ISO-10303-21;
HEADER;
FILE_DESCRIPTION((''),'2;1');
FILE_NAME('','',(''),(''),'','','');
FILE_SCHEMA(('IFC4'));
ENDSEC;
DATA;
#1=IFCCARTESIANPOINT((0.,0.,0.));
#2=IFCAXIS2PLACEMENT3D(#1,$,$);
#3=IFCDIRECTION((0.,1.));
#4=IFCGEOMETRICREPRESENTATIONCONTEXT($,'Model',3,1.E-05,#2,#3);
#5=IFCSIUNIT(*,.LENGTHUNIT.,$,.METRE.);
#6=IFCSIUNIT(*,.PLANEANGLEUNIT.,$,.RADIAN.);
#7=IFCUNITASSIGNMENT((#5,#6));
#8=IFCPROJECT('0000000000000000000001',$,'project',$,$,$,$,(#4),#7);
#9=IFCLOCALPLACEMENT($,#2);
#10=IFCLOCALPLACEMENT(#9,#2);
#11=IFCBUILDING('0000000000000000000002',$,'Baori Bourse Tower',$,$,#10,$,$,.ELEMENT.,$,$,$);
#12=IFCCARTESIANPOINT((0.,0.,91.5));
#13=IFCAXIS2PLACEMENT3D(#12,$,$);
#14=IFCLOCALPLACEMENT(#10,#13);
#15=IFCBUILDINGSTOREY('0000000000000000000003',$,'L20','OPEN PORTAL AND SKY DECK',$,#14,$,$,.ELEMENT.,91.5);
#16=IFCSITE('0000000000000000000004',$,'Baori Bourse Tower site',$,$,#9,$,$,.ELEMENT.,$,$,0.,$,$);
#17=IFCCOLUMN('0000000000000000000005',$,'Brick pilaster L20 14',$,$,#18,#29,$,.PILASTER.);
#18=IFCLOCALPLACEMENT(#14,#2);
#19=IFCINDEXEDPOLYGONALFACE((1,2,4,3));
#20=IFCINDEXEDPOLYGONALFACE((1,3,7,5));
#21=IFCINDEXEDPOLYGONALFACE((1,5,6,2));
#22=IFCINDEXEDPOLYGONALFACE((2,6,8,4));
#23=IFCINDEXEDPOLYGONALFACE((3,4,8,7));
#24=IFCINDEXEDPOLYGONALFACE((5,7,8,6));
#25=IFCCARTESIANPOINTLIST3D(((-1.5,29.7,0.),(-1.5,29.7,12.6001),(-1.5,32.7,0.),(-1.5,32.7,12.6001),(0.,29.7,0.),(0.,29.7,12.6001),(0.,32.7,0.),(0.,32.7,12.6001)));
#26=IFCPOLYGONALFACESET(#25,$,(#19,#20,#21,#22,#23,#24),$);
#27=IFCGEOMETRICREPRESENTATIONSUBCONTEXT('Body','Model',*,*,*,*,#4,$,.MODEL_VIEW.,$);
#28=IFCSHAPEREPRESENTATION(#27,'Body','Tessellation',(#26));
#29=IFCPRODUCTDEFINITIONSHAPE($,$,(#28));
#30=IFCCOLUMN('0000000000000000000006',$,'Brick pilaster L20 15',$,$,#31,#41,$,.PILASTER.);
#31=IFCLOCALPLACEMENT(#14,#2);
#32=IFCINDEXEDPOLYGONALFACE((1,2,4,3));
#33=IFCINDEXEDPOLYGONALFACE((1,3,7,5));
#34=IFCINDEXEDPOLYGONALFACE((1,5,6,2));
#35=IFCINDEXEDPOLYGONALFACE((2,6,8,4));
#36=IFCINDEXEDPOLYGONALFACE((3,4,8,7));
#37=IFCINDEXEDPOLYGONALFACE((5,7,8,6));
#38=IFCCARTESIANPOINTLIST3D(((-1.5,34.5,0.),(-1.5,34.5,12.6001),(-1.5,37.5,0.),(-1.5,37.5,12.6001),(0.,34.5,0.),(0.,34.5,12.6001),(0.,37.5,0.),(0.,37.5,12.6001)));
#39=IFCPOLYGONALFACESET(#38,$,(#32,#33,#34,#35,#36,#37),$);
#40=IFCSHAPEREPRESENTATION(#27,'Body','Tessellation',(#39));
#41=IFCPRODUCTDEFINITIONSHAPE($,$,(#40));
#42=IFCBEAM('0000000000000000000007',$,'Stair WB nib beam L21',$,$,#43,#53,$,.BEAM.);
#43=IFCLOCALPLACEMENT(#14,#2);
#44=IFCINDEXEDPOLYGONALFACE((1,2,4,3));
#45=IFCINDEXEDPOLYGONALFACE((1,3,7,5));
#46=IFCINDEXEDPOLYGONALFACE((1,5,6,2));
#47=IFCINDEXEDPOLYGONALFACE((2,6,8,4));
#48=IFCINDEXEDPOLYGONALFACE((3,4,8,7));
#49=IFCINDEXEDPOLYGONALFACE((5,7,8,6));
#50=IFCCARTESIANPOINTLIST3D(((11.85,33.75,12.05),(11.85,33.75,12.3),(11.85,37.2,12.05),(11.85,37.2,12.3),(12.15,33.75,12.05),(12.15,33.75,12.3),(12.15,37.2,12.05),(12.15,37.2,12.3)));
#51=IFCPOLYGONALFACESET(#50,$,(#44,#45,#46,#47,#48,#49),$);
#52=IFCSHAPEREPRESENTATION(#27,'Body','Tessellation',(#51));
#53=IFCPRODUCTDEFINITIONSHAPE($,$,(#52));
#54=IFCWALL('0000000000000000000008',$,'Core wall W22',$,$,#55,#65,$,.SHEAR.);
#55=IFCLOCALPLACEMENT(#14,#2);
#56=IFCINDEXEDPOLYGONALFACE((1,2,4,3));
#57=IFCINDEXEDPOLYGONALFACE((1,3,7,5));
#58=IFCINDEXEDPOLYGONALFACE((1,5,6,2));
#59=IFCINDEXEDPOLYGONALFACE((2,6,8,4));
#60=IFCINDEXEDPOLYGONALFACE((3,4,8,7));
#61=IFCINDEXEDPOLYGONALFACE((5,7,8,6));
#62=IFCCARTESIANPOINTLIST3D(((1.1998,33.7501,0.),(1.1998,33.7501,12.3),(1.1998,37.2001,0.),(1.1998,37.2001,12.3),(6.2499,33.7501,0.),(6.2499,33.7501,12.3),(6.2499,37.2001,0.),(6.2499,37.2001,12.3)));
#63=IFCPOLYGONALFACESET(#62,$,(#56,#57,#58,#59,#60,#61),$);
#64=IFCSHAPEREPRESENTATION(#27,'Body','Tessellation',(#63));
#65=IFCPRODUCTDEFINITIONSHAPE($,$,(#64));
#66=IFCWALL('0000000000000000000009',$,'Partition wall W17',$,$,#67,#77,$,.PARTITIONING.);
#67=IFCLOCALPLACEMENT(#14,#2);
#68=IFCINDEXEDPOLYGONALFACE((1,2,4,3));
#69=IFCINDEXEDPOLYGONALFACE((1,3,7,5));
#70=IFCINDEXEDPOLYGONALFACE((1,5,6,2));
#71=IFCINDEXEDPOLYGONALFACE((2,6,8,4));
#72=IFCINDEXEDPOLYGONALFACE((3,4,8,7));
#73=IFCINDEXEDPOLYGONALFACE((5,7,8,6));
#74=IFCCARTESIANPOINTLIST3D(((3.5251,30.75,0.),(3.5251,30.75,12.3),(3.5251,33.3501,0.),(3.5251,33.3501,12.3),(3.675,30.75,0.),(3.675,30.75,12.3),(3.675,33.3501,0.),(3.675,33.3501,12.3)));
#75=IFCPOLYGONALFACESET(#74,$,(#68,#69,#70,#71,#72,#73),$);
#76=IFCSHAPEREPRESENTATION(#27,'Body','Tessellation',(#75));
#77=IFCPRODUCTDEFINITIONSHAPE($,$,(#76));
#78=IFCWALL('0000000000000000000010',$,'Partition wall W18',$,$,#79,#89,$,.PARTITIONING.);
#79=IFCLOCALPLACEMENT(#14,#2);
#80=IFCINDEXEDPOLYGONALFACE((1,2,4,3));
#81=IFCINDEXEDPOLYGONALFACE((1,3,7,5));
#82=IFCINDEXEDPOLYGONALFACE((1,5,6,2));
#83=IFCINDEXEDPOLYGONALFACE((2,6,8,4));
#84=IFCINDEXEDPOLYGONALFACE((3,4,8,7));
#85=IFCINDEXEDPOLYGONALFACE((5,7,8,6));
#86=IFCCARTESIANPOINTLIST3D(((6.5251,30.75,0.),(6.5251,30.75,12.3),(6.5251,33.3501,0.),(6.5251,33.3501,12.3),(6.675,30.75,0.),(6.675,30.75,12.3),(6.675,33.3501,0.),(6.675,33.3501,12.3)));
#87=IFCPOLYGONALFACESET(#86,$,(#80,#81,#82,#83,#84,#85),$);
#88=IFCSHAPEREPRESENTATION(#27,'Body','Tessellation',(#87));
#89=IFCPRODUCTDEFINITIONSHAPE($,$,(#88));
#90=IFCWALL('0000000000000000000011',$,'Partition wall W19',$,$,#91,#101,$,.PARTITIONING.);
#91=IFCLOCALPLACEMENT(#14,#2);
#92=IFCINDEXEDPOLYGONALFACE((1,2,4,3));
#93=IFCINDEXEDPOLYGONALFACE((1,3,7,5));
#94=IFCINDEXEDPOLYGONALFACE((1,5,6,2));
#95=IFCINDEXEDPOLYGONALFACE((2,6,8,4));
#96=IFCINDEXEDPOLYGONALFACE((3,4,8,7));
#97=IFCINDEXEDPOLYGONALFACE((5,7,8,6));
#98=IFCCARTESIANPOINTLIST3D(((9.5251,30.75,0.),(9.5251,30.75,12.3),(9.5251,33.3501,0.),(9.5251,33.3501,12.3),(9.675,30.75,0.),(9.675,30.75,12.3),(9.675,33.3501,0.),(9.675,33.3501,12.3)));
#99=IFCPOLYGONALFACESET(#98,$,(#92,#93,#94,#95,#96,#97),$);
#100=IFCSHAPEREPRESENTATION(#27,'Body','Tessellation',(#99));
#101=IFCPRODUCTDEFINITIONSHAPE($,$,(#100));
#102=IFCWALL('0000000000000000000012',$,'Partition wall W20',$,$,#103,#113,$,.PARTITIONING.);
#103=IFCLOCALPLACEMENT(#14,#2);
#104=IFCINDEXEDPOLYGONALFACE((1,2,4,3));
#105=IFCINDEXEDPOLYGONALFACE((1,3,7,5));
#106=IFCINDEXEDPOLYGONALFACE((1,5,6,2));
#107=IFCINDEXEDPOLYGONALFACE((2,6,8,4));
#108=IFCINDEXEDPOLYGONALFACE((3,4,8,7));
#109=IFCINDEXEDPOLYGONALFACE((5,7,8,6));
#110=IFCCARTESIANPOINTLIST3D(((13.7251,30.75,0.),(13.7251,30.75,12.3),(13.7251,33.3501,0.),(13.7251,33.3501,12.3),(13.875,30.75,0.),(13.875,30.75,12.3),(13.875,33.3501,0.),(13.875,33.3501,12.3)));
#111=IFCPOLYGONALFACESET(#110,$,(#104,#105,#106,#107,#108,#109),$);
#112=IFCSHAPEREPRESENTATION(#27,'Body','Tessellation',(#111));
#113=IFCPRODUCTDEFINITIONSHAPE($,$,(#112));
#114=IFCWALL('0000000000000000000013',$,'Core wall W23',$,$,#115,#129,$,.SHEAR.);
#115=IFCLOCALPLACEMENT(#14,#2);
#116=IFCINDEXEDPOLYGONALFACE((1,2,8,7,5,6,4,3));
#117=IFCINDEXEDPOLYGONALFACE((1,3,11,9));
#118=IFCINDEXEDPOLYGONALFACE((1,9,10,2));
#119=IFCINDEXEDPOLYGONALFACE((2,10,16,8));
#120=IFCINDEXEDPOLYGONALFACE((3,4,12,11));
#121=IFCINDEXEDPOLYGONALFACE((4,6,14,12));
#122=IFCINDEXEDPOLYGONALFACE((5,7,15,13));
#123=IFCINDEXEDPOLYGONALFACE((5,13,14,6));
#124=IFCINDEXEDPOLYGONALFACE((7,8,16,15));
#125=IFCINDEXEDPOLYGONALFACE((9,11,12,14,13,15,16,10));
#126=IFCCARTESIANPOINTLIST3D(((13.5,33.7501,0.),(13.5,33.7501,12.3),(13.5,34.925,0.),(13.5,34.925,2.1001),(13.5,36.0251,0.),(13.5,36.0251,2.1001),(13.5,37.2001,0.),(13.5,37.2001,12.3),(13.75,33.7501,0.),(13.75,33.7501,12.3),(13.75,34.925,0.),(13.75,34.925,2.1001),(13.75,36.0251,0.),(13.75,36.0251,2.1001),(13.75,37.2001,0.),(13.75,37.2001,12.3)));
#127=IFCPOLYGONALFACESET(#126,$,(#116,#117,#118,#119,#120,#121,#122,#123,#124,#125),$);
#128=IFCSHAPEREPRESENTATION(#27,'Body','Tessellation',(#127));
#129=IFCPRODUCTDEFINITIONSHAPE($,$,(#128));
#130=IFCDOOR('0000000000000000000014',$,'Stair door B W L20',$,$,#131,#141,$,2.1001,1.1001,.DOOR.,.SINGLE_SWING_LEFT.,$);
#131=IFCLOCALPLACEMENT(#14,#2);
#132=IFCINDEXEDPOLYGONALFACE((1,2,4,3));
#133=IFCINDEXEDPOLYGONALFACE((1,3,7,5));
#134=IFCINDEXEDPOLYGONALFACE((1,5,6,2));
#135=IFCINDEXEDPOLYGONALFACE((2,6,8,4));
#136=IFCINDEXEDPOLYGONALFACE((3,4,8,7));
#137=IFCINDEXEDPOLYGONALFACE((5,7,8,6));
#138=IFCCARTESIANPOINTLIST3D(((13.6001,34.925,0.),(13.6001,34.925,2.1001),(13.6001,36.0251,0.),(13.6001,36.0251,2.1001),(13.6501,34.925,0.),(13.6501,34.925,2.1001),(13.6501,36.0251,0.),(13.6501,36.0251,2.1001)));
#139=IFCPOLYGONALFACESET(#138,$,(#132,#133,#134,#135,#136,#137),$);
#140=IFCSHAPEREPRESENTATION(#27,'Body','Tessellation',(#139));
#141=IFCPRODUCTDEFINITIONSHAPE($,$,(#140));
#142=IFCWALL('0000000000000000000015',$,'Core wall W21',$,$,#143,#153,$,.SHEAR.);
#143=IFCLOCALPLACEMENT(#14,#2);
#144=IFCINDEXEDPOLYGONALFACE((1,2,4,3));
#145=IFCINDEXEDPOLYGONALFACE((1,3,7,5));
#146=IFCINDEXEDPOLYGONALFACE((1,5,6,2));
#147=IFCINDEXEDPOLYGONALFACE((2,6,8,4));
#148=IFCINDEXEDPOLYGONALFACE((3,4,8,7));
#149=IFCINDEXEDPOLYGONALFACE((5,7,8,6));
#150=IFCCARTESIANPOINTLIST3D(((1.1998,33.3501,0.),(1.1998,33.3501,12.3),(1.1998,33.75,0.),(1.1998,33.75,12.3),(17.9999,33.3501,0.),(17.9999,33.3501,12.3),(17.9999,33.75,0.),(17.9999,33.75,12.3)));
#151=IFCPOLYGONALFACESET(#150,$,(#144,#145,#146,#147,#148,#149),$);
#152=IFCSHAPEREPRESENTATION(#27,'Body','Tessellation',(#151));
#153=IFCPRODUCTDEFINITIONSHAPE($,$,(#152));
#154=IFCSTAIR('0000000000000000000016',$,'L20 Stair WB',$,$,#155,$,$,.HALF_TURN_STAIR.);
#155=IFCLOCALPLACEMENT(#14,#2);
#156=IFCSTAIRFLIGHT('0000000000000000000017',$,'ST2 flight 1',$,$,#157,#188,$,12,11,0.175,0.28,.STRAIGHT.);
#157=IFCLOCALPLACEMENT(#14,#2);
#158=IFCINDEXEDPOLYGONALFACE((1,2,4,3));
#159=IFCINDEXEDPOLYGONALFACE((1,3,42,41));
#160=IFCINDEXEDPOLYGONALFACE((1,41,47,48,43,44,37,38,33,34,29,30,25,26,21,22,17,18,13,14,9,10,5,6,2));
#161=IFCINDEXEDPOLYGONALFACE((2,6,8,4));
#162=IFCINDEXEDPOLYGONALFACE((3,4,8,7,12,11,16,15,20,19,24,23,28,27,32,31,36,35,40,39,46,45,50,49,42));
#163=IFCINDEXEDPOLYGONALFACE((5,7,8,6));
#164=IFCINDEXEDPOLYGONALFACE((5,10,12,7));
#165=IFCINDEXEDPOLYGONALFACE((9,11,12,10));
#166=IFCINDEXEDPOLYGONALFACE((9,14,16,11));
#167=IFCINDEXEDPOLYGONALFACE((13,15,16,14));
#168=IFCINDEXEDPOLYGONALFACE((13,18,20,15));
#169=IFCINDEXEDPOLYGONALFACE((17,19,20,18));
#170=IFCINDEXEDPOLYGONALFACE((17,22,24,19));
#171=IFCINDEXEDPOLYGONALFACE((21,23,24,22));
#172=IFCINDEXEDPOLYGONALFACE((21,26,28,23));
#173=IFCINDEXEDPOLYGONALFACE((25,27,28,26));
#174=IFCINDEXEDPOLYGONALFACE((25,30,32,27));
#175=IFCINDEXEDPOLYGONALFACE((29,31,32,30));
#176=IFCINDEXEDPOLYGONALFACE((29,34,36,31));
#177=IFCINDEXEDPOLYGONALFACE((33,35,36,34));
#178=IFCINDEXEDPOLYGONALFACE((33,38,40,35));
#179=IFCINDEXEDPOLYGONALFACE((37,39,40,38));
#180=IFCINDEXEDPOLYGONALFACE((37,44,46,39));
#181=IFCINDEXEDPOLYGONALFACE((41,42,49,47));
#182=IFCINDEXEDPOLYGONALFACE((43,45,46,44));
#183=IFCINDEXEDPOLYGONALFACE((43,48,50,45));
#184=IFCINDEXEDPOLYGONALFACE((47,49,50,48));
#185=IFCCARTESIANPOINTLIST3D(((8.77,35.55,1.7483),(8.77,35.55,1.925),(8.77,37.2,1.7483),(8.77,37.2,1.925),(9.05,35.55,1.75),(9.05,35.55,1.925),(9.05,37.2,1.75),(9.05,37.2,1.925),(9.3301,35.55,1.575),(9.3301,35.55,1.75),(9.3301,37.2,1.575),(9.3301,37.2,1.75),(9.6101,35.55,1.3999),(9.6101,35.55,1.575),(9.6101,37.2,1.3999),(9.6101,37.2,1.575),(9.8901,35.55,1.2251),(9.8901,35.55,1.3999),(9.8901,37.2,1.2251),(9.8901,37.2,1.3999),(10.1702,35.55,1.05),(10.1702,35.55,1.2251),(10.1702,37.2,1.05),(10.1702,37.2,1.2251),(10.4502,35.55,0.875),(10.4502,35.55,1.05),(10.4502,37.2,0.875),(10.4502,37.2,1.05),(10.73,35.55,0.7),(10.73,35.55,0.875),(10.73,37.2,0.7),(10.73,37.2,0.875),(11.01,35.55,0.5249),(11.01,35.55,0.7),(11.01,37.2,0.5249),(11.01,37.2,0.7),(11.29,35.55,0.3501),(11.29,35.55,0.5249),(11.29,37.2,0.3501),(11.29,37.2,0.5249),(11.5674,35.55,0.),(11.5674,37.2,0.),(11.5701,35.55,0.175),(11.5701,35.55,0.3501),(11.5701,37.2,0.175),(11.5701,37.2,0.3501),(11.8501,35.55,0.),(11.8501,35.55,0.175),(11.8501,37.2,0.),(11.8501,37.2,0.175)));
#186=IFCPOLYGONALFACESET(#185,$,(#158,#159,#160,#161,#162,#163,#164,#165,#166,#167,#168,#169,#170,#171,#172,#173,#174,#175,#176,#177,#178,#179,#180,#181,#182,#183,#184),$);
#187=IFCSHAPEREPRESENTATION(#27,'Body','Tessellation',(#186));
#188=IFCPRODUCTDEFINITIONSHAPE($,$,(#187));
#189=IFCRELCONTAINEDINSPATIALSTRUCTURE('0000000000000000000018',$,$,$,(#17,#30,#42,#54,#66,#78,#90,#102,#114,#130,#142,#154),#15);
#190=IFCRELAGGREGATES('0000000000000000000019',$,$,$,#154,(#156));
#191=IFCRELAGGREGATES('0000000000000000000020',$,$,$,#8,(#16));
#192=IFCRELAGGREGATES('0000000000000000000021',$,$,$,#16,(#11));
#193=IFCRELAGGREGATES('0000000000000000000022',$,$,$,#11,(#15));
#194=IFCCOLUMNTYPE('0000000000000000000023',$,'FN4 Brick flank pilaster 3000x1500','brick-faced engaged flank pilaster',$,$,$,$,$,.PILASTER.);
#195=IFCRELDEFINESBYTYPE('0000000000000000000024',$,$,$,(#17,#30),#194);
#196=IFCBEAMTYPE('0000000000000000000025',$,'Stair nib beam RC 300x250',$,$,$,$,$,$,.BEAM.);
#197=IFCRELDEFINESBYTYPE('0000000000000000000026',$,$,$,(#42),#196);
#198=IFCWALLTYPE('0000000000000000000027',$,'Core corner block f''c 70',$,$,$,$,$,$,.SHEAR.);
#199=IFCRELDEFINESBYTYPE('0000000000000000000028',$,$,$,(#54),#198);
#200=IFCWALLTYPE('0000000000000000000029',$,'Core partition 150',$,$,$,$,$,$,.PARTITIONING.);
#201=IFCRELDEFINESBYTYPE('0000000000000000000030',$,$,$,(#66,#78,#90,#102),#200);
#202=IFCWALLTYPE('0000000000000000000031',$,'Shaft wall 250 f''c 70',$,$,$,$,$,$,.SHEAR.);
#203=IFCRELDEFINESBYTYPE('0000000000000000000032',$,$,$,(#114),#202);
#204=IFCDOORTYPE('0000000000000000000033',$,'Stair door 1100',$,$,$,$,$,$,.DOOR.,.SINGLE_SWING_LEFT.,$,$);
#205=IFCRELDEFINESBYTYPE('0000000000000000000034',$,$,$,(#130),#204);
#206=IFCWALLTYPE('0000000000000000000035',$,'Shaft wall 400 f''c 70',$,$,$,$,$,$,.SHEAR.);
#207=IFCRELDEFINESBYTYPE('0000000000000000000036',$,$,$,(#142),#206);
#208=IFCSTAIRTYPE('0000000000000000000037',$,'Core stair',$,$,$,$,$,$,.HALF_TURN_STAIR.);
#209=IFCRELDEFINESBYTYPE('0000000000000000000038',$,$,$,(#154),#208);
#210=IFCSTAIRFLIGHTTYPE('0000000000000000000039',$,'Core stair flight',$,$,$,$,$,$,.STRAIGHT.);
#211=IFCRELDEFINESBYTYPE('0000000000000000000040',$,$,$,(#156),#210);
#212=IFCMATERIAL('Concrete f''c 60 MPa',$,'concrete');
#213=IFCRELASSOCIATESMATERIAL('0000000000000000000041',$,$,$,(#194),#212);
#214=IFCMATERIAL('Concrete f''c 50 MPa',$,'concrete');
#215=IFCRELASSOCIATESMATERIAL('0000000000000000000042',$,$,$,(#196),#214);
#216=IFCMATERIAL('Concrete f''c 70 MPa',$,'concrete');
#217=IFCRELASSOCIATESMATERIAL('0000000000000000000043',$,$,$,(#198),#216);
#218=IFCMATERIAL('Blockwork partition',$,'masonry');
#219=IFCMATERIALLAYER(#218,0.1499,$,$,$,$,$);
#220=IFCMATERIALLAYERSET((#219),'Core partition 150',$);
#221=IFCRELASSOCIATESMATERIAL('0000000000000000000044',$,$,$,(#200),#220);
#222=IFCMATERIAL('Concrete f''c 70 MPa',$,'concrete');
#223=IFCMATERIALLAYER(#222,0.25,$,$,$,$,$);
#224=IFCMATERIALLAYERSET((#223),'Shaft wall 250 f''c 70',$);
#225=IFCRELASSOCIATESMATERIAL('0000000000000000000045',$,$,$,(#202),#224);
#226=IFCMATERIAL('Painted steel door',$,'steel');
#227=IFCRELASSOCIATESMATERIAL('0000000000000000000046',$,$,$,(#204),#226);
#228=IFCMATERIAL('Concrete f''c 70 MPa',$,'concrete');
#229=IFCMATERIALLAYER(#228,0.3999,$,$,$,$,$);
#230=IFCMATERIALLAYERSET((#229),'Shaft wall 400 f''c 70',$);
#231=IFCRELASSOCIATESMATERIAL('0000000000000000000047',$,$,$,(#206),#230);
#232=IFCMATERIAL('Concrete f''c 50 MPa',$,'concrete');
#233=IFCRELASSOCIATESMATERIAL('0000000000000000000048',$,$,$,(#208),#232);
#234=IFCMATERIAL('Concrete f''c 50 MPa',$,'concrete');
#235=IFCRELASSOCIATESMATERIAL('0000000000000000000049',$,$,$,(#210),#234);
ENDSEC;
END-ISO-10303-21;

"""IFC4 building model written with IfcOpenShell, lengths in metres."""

from ifc_helpers import new_model, si_unit, direction, frame, frame_2d, origin, origin_2d, place, context, subcontext, project, spatial, polyline, rectangle, outline, extrude, material, layer, layer_set, material_profile, profile_set, type_object, element, fill, aggregate, save


model = new_model("IFC4")

# Units and contexts
model_context = context("Model", 3, precision=1e-05, world=origin(), true_north=direction((0.0, 1.0)))
body_context = subcontext(model_context, "Body", "Model", "MODEL_VIEW")
ifc_project = project(units=[si_unit("LENGTHUNIT", "METRE"), si_unit("PLANEANGLEUNIT", "RADIAN")], contexts=[model_context])

# Site, building, storey
site_placement = place(None, origin())
site = spatial("IfcSite", under=ifc_project, at=site_placement, Name="Baori Bourse Tower site", CompositionType="ELEMENT", RefElevation=0.0)
building_placement = place(site_placement, origin())
building = spatial("IfcBuilding", under=site, at=building_placement, Name="Baori Bourse Tower", CompositionType="ELEMENT")
storey_placement = place(building_placement, frame((0.0, 0.0, 91.5)))
storey = spatial("IfcBuildingStorey", under=building, at=storey_placement, Name="L20", Description="OPEN PORTAL AND SKY DECK", CompositionType="ELEMENT", Elevation=91.5)

# Columns
ifc_material_1 = material(Name="Concrete f'c 60 MPa", Category="concrete")
ifc_material_profile_1 = material_profile(ifc_material_1, rectangle(XDim=3.0, YDim=1.5, at=origin_2d()), Name="RC 3000x1500")
ifc_profile_set_1 = profile_set([ifc_material_profile_1], Name="Concrete f'c 60 MPa")
column_type = type_object("IfcColumnType", Name="FN4 Brick flank pilaster 3000x1500", Description="brick-faced engaged flank pilaster", PredefinedType="PILASTER", material=ifc_profile_set_1)
for number, where, z_axis, x_axis, name in (
    (1, (-0.75, 31.2, 0.0), (0.0, 0.0, 1.0), (0.0, 1.0, 0.0), "Brick pilaster L20 14"),
    (2, (-0.75, 36.0, 0.0), (0.0, 0.0, 1.0), (0.0, 1.0, 0.0), "Brick pilaster L20 15"),
):
    element("IfcColumn", number, at=place(storey_placement, frame(where, z_axis=z_axis, x_axis=x_axis)), inside=storey, type_object=column_type, Name=name, PredefinedType="PILASTER", context=body_context, shape_type="SweptSolid", body=[
        extrude(rectangle(XDim=3.0, YDim=1.5, at=origin_2d()), origin(), (0.0, 0.0, 1.0), 12.6001),
    ])

# Beam
ifc_material_2 = material(Name="Concrete f'c 50 MPa", Category="concrete")
ifc_material_profile_2 = material_profile(ifc_material_2, rectangle(XDim=0.3, YDim=0.25, at=origin_2d()), Name="RC 300x250")
ifc_profile_set_2 = profile_set([ifc_material_profile_2], Name="Concrete f'c 50 MPa")
beam_type = type_object("IfcBeamType", Name="Stair nib beam RC 300x250", PredefinedType="BEAM", material=ifc_profile_set_2)
beam_placement = place(storey_placement, frame((12.0, 33.75, 12.175), z_axis=(0.0, 1.0, 0.0), x_axis=(-1.0, 0.0, 0.0)))
element("IfcBeam", 3, at=beam_placement, inside=storey, type_object=beam_type, Name="Stair WB nib beam L21", PredefinedType="BEAM", context=body_context, shape_type="SweptSolid", body=[
    extrude(rectangle(XDim=0.3, YDim=0.25, at=origin_2d()), origin(), (0.0, 0.0, 1.0), 3.45),
])

# Walls
ifc_material_3 = material(Name="Concrete f'c 70 MPa", Category="concrete")
wall_type_1 = type_object("IfcWallType", Name="Core corner block f'c 70", PredefinedType="SHEAR", material=ifc_material_3)
wall_1_placement = place(storey_placement, frame((1.2, 35.4751, 0.0), z_axis=(0.0, 0.0, 1.0), x_axis=(1.0, 0.0, 0.0)))
element("IfcWall", 4, at=wall_1_placement, inside=storey, type_object=wall_type_1, Name="Core wall W22", PredefinedType="SHEAR", context=body_context, shape_type="SweptSolid", body=[
    extrude(rectangle(XDim=5.05, YDim=3.45, at=frame_2d((2.5249, 0.0))), origin(), (0.0, 0.0, 1.0), 12.3),
])
ifc_material_4 = material(Name="Blockwork partition", Category="masonry")
ifc_layer_1 = layer(ifc_material_4, 0.1499)
ifc_layer_set_1 = layer_set([ifc_layer_1], Name="Core partition 150")
wall_type_2 = type_object("IfcWallType", Name="Core partition 150", PredefinedType="PARTITIONING", material=ifc_layer_set_1)
for number, where, z_axis, x_axis, name in (
    (5, (3.6001, 30.75, 0.0), (0.0, 0.0, 1.0), (0.0, 1.0, 0.0), "Partition wall W17"),
    (6, (6.6001, 30.75, 0.0), (0.0, 0.0, 1.0), (0.0, 1.0, 0.0), "Partition wall W18"),
    (7, (9.6001, 30.75, 0.0), (0.0, 0.0, 1.0), (0.0, 1.0, 0.0), "Partition wall W19"),
    (8, (13.8, 30.75, 0.0), (0.0, 0.0, 1.0), (0.0, 1.0, 0.0), "Partition wall W20"),
):
    element("IfcWall", number, at=place(storey_placement, frame(where, z_axis=z_axis, x_axis=x_axis)), inside=storey, type_object=wall_type_2, Name=name, PredefinedType="PARTITIONING", context=body_context, shape_type="SweptSolid", body=[
        extrude(rectangle(XDim=2.6001, YDim=0.1499, at=frame_2d((1.3, 0.0))), origin(), (0.0, 0.0, 1.0), 12.3),
    ])

# Wall, opening, door
ifc_material_5 = material(Name="Concrete f'c 70 MPa", Category="concrete")
ifc_layer_2 = layer(ifc_material_5, 0.25)
ifc_layer_set_2 = layer_set([ifc_layer_2], Name="Shaft wall 250 f'c 70")
wall_type_3 = type_object("IfcWallType", Name="Shaft wall 250 f'c 70", PredefinedType="SHEAR", material=ifc_layer_set_2)
wall_2_placement = place(storey_placement, frame((13.625, 33.75, 0.0), z_axis=(0.0, 0.0, 1.0), x_axis=(0.0, 1.0, 0.0)))
wall_2 = element("IfcWall", 9, at=wall_2_placement, inside=storey, type_object=wall_type_3, Name="Core wall W23", PredefinedType="SHEAR", context=body_context, shape_type="SweptSolid", body=[
    extrude(rectangle(XDim=3.45, YDim=0.25, at=frame_2d((1.7251, 0.0))), origin(), (0.0, 0.0, 1.0), 12.3),
])
opening_placement = place(wall_2_placement, frame((1.175, 0.0, 0.0)))
opening = element("IfcOpeningElement", 10, at=opening_placement, cuts=wall_2, PredefinedType="OPENING", context=body_context, shape_type="SweptSolid", body=[
    extrude(rectangle(XDim=1.1001, YDim=2.1001, at=frame_2d((0.55, 1.05))), frame((0.0, 0.135, 0.0), z_axis=(0.0, -1.0, 0.0), x_axis=(1.0, 0.0, 0.0)), (0.0, 0.0, 1.0), 0.27),
])
ifc_material_6 = material(Name="Painted steel door", Category="steel")
door_type = type_object("IfcDoorType", Name="Stair door 1100", OperationType="SINGLE_SWING_LEFT", PredefinedType="DOOR", material=ifc_material_6)
door_placement = place(opening_placement, origin())
door = element("IfcDoor", 11, at=door_placement, inside=storey, type_object=door_type, Name="Stair door B W L20", OperationType="SINGLE_SWING_LEFT", OverallHeight=2.1001, OverallWidth=1.1001, PredefinedType="DOOR", context=body_context, shape_type="SweptSolid", body=[
    extrude(rectangle(XDim=1.1001, YDim=2.1001, at=frame_2d((0.55, 1.05))), frame((0.0, 0.0249, 0.0), z_axis=(0.0, -1.0, 0.0), x_axis=(1.0, 0.0, 0.0)), (0.0, 0.0, 1.0), 0.05),
])
fill(opening, door)

# Wall
ifc_material_7 = material(Name="Concrete f'c 70 MPa", Category="concrete")
ifc_layer_3 = layer(ifc_material_7, 0.3999)
ifc_layer_set_3 = layer_set([ifc_layer_3], Name="Shaft wall 400 f'c 70")
wall_type_4 = type_object("IfcWallType", Name="Shaft wall 400 f'c 70", PredefinedType="SHEAR", material=ifc_layer_set_3)
wall_3_placement = place(storey_placement, frame((1.2, 33.55, 0.0), z_axis=(0.0, 0.0, 1.0), x_axis=(1.0, 0.0, 0.0)))
element("IfcWall", 12, at=wall_3_placement, inside=storey, type_object=wall_type_4, Name="Core wall W21", PredefinedType="SHEAR", context=body_context, shape_type="SweptSolid", body=[
    extrude(rectangle(XDim=16.8, YDim=0.3999, at=frame_2d((8.3999, 0.0))), origin(), (0.0, 0.0, 1.0), 12.3),
])

# Stair, stair flight
ifc_material_8 = material(Name="Concrete f'c 50 MPa", Category="concrete")
stair_type = type_object("IfcStairType", Name="Core stair", PredefinedType="HALF_TURN_STAIR", material=ifc_material_8)
stair_placement = place(storey_placement, origin())
stair = element("IfcStair", 13, at=stair_placement, inside=storey, type_object=stair_type, Name="L20 Stair WB", PredefinedType="HALF_TURN_STAIR")
ifc_material_9 = material(Name="Concrete f'c 50 MPa", Category="concrete")
stair_flight_type = type_object("IfcStairFlightType", Name="Core stair flight", PredefinedType="STRAIGHT", material=ifc_material_9)
stair_flight_1_placement = place(storey_placement, frame((11.8501, 36.375, 0.0), z_axis=(0.0, 0.0, 1.0), x_axis=(-1.0, 0.0, 0.0)))
stair_flight_1 = element("IfcStairFlight", 14, at=stair_flight_1_placement, type_object=stair_flight_type, Name="ST2 flight 1", NumberOfRisers=12, NumberOfTreads=11, PredefinedType="STRAIGHT", RiserHeight=0.175, TreadLength=0.28, context=body_context, shape_type="SweptSolid", body=[
    extrude(outline(polyline([(0.0, 0.0), (0.0, 0.175), (0.28, 0.175), (0.28, 0.3501), (0.5601, 0.3501), (0.5601, 0.5249), (0.8401, 0.5249), (0.8401, 0.7), (1.1201, 0.7), (1.1201, 0.875), (1.3999, 0.875), (1.3999, 1.05), (1.6799, 1.05), (1.6799, 1.2251), (1.96, 1.2251), (1.96, 1.3999), (2.24, 1.3999), (2.24, 1.575), (2.52, 1.575), (2.52, 1.75), (2.8, 1.75), (2.8, 1.925), (3.0801, 1.925), (3.0801, 2.1001), (3.0801, 1.7483), (0.2827, 0.0), (0.0, 0.0)])), frame((0.0, 0.825, 0.0), z_axis=(0.0, -1.0, 0.0), x_axis=(1.0, 0.0, 0.0)), (0.0, 0.0, 1.0), 1.6499),
])
aggregate(stair, [stair_flight_1])

save(model, "model.ifc")
